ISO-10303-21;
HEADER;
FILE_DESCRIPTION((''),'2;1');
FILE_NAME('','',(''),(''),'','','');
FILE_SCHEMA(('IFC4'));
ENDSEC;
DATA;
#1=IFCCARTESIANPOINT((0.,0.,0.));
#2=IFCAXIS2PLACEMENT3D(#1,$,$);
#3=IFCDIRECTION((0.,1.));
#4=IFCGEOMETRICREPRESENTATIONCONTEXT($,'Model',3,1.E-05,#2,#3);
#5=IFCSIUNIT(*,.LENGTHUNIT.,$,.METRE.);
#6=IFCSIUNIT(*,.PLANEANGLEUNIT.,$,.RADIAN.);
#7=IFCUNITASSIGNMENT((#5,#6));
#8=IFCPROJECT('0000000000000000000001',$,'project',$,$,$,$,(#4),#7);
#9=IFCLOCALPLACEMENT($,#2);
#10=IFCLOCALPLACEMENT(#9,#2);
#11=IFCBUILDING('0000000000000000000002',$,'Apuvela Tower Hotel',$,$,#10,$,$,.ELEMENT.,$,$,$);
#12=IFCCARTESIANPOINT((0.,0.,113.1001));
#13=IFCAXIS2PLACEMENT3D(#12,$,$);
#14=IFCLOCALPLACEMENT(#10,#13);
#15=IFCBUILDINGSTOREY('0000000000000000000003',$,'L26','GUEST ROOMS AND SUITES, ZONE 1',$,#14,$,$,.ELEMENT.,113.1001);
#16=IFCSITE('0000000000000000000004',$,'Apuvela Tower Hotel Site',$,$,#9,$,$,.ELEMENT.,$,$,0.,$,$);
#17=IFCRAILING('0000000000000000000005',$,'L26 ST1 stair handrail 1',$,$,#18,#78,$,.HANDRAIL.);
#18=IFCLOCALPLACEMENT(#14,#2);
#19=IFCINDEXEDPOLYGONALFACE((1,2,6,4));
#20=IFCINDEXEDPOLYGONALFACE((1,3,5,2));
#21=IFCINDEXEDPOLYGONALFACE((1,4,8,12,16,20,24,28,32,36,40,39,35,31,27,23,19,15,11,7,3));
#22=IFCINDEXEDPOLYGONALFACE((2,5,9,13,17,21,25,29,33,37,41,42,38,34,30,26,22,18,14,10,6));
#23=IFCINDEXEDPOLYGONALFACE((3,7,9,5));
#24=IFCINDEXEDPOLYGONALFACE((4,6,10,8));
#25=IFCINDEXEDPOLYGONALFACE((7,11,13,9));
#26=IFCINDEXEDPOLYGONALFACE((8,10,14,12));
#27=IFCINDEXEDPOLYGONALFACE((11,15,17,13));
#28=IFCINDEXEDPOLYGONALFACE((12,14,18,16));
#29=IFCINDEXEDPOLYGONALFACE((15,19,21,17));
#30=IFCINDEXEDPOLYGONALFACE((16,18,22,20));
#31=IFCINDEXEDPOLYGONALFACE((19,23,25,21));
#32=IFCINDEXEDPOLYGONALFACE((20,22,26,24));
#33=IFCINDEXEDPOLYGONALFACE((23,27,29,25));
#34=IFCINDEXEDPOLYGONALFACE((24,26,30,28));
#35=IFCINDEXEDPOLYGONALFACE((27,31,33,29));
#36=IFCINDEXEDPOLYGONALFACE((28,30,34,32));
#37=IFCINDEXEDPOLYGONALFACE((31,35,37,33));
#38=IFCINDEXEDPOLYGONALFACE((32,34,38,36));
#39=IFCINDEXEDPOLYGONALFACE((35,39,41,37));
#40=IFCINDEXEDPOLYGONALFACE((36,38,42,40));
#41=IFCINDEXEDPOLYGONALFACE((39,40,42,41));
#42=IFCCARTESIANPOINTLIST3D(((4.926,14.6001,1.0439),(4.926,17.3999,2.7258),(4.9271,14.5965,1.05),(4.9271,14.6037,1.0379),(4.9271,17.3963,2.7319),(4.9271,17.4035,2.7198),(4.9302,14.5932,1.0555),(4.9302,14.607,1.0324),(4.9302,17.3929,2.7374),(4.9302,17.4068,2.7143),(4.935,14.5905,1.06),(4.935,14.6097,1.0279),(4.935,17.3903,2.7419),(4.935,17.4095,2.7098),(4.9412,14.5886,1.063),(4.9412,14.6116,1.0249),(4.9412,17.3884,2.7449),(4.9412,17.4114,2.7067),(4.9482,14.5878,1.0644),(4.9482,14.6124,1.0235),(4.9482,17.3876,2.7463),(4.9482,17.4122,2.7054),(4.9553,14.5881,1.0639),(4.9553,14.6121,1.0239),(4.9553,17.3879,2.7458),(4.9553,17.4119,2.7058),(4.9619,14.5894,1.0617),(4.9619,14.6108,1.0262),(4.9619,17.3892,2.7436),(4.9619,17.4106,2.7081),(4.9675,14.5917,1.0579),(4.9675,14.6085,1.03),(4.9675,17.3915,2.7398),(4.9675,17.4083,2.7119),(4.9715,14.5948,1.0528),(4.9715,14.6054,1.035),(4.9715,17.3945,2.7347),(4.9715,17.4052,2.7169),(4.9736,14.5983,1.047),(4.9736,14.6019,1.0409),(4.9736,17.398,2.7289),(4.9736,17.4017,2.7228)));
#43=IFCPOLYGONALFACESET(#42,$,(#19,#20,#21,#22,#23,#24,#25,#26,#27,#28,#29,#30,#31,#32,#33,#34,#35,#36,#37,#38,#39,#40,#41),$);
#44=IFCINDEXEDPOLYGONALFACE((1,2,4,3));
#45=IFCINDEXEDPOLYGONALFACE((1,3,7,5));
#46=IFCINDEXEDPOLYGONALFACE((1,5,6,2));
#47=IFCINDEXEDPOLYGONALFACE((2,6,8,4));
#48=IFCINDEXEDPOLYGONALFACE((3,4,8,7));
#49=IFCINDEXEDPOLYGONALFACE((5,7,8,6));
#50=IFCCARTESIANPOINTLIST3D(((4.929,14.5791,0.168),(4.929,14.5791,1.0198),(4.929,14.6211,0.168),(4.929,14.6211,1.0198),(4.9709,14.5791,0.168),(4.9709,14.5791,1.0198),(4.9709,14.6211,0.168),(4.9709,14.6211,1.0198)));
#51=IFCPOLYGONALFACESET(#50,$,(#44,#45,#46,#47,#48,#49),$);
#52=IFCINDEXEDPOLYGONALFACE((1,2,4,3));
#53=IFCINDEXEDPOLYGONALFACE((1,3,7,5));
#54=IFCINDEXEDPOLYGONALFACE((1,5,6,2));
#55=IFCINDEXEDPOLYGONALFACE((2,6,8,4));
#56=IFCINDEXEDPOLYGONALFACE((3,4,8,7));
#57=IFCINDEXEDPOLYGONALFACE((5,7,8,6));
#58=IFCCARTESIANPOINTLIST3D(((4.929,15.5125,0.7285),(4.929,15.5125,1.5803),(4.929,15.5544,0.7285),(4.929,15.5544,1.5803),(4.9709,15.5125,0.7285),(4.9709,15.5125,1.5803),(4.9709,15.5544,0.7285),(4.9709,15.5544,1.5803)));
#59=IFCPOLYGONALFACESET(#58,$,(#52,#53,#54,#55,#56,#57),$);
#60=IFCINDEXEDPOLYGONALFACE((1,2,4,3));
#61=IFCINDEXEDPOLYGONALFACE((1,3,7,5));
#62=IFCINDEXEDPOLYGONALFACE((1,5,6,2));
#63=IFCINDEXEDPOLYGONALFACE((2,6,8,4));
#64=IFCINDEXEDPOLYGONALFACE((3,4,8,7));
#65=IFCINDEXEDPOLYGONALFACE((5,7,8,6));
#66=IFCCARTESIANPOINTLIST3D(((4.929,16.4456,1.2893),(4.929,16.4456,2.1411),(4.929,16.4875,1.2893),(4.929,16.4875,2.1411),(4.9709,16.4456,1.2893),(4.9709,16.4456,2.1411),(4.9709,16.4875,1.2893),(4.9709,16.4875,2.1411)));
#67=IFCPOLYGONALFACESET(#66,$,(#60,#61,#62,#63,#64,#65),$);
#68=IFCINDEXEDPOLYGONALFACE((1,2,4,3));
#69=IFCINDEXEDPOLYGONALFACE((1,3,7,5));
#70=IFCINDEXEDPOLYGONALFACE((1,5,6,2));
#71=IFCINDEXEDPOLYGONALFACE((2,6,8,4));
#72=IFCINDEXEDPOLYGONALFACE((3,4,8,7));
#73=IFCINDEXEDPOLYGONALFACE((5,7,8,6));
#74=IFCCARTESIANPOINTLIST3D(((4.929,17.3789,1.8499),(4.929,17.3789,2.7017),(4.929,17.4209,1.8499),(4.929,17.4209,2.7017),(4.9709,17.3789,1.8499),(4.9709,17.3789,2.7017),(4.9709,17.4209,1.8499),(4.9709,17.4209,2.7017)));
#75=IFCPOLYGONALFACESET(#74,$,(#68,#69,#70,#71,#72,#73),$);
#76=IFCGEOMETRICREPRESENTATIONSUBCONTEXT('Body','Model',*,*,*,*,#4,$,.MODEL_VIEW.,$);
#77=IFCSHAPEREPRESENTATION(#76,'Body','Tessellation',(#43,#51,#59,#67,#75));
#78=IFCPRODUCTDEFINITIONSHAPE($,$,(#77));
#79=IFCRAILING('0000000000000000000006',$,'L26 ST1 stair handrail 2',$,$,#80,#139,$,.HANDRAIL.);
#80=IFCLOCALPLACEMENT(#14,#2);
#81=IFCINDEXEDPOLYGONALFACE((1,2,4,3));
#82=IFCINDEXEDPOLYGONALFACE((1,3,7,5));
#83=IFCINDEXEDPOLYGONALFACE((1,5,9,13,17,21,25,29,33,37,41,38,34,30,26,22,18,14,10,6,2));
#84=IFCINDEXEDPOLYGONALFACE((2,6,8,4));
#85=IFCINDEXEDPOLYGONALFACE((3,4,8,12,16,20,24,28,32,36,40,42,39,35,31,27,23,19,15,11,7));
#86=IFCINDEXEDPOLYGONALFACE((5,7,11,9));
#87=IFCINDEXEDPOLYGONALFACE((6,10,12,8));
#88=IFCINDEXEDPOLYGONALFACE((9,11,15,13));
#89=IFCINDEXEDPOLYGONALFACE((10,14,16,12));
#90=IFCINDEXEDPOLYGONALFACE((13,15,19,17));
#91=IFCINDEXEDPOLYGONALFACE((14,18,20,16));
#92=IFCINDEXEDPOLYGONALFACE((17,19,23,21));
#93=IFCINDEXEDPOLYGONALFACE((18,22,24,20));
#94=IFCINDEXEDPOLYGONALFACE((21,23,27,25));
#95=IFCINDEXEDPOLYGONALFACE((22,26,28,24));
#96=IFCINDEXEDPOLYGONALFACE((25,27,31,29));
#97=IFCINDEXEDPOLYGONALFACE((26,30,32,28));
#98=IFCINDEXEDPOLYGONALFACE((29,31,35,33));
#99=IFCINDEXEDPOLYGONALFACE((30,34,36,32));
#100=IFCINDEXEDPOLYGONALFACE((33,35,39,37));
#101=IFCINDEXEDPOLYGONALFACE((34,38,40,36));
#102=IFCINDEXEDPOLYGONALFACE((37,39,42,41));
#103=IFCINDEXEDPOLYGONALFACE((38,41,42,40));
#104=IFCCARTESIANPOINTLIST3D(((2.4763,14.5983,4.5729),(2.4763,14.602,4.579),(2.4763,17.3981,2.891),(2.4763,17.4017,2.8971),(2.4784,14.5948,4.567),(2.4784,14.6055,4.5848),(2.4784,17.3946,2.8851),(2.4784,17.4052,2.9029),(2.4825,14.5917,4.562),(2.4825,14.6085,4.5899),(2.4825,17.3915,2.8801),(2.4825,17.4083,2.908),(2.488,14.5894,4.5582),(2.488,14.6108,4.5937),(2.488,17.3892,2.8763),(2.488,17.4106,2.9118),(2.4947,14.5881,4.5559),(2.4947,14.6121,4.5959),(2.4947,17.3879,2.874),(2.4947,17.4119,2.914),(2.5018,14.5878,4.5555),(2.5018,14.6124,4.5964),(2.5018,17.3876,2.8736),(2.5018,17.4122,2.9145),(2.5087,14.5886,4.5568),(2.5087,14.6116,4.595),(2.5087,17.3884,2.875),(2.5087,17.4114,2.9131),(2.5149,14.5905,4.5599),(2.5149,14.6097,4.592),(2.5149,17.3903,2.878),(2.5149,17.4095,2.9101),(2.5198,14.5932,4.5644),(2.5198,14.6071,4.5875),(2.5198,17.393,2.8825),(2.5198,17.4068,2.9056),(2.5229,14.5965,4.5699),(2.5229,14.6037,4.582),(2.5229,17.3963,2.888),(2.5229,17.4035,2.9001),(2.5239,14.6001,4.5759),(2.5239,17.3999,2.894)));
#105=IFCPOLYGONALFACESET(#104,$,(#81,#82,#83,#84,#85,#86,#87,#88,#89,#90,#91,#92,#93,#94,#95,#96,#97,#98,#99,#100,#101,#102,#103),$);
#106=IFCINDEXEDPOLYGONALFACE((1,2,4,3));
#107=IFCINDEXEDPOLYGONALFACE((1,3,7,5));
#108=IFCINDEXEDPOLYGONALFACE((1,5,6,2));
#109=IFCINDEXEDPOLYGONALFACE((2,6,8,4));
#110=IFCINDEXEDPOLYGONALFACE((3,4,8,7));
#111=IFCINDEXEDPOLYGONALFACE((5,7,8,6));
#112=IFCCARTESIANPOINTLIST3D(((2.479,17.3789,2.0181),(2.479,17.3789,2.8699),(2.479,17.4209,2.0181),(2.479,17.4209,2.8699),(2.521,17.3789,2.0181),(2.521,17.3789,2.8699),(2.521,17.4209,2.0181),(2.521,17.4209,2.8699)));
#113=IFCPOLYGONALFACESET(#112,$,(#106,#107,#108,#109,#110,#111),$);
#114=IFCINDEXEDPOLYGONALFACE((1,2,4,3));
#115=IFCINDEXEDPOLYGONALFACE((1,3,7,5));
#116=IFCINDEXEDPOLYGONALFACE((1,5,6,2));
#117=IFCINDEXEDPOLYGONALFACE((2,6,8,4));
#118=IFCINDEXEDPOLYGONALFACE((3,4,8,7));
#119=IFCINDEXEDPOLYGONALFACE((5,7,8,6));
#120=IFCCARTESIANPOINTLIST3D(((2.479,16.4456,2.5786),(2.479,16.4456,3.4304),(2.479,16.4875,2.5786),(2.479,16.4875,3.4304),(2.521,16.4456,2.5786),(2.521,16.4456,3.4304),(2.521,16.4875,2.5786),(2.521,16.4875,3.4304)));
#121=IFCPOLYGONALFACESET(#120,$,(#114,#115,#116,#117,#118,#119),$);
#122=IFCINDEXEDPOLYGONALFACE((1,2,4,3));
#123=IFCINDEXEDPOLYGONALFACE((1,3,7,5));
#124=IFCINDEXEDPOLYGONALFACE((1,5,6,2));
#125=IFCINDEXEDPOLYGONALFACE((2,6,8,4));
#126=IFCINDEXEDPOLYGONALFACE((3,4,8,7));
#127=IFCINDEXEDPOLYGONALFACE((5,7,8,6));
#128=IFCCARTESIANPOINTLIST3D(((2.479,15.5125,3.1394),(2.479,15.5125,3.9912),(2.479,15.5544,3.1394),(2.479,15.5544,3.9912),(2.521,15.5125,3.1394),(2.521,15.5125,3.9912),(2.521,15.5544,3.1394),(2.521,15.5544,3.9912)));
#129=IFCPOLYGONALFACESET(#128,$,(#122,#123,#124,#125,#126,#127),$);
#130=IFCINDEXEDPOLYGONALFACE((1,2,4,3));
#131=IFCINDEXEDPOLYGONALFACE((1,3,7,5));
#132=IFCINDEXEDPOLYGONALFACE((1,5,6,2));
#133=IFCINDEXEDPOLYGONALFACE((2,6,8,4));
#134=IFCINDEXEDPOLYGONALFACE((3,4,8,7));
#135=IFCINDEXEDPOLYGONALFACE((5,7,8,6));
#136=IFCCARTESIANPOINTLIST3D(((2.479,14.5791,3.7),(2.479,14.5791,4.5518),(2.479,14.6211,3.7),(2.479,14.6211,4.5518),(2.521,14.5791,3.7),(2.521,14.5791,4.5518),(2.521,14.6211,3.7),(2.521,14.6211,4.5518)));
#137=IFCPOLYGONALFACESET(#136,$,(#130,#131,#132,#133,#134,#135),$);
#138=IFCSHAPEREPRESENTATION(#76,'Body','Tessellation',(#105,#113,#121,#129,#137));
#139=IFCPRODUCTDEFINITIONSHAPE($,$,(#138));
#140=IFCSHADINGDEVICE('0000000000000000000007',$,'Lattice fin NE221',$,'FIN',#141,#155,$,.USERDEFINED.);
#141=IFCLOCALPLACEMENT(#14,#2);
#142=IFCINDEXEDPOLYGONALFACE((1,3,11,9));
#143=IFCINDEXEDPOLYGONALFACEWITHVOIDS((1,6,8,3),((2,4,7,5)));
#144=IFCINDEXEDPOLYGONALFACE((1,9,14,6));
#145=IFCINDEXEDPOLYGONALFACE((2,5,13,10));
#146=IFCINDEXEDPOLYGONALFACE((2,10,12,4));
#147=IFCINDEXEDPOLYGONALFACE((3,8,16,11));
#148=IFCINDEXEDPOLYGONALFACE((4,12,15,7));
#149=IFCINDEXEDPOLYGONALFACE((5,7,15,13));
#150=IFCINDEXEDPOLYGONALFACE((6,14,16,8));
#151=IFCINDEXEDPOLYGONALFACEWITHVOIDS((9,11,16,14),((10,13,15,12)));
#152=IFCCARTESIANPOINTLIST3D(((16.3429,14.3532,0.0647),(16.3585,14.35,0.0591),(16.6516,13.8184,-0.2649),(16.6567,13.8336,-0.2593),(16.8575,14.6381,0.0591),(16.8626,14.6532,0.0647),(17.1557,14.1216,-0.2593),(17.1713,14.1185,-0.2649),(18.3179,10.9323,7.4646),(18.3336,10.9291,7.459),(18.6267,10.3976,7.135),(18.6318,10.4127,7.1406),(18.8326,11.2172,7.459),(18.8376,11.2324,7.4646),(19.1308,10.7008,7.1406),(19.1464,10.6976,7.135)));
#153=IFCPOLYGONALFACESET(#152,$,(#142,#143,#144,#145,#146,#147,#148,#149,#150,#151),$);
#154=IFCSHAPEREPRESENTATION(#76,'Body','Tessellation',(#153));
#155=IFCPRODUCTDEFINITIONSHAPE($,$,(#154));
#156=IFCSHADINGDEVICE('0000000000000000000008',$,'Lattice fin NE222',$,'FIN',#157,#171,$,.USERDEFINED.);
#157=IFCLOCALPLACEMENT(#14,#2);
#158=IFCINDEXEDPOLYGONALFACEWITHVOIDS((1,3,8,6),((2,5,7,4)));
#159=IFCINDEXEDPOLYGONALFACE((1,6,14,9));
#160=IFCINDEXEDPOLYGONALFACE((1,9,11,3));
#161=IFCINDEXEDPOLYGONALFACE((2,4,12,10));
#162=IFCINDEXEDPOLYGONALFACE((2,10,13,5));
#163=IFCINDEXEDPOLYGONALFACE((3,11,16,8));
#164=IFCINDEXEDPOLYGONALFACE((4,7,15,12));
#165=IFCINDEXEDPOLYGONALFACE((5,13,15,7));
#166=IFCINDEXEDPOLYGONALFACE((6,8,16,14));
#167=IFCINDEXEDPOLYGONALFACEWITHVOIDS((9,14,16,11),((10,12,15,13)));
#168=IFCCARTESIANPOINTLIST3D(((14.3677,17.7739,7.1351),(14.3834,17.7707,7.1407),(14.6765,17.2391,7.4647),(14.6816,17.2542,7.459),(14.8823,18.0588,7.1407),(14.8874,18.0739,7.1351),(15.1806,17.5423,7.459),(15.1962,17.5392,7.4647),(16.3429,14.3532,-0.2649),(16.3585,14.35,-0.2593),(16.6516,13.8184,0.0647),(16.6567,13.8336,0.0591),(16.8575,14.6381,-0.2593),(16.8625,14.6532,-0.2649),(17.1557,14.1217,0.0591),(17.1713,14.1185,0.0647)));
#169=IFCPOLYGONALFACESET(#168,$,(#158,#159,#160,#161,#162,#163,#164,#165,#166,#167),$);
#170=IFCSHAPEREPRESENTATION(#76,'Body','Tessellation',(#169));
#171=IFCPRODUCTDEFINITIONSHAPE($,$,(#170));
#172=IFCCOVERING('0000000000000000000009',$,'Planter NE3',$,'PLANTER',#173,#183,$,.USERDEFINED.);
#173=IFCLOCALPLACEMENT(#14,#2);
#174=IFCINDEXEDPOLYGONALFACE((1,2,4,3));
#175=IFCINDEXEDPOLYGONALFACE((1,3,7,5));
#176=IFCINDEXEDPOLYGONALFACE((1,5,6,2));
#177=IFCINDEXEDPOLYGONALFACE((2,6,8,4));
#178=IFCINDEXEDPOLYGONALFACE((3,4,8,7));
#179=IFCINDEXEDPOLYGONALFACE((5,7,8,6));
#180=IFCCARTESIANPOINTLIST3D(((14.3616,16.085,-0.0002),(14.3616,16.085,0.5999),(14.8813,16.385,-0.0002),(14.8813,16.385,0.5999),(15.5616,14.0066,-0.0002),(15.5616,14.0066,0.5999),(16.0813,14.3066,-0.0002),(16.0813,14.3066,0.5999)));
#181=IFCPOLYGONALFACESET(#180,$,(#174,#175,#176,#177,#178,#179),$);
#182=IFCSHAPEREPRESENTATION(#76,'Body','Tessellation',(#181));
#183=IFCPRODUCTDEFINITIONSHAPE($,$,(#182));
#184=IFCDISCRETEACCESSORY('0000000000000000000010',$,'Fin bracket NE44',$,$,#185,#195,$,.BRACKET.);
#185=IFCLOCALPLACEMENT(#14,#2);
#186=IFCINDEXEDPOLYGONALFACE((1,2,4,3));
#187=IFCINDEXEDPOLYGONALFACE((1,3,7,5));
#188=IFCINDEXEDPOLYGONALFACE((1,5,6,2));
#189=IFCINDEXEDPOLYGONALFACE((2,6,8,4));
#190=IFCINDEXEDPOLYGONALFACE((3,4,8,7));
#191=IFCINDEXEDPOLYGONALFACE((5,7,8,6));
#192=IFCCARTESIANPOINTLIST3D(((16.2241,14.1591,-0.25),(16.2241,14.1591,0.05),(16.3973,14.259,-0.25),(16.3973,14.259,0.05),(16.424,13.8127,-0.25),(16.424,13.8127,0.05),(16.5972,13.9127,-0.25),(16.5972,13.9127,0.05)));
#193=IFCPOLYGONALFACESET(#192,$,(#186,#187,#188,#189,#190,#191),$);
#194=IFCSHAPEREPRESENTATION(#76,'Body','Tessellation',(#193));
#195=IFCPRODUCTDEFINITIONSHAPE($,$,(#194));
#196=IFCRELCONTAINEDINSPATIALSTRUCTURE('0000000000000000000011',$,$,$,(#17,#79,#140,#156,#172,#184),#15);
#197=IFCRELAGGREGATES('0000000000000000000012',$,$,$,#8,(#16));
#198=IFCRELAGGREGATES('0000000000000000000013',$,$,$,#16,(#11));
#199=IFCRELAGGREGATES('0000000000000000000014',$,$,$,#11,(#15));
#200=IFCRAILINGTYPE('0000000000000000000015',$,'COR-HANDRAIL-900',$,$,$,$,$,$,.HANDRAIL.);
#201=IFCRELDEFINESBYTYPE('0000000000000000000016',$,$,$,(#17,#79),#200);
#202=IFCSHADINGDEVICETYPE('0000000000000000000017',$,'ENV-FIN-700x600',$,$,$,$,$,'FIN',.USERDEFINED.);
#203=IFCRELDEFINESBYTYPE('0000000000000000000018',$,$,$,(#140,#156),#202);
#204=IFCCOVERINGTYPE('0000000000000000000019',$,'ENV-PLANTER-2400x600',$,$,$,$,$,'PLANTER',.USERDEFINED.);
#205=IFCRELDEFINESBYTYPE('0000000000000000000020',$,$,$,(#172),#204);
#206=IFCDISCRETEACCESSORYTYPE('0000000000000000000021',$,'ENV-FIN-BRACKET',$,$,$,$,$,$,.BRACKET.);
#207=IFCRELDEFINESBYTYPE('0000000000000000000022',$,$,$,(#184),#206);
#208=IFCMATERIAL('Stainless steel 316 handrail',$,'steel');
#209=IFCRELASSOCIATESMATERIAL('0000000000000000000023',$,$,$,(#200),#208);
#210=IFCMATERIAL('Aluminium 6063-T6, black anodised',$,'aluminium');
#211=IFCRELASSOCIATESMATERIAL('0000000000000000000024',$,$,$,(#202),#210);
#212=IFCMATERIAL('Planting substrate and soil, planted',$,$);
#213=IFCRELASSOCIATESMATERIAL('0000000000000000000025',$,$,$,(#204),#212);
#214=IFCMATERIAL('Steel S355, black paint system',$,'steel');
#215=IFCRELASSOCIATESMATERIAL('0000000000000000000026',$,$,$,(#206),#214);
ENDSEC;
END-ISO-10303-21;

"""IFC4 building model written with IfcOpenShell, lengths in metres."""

from ifc_helpers import new_model, si_unit, direction, frame, origin, origin_2d, place, context, subcontext, project, spatial, rectangle, hollow_rectangle, circle, extrude, material, material_profile, profile_set, type_object, element, save


model = new_model("IFC4")

# Units and contexts
model_context = context("Model", 3, precision=1e-05, world=origin(), true_north=direction((0.0, 1.0)))
body_context = subcontext(model_context, "Body", "Model", "MODEL_VIEW")
ifc_project = project(units=[si_unit("LENGTHUNIT", "METRE"), si_unit("PLANEANGLEUNIT", "RADIAN")], contexts=[model_context])

# Site, building, storey
site_placement = place(None, origin())
site = spatial("IfcSite", under=ifc_project, at=site_placement, Name="Apuvela Tower Hotel Site", CompositionType="ELEMENT", RefElevation=0.0)
building_placement = place(site_placement, origin())
building = spatial("IfcBuilding", under=site, at=building_placement, Name="Apuvela Tower Hotel", CompositionType="ELEMENT")
storey_placement = place(building_placement, frame((0.0, 0.0, 113.1001)))
storey = spatial("IfcBuildingStorey", under=building, at=storey_placement, Name="L26", Description="GUEST ROOMS AND SUITES, ZONE 1", CompositionType="ELEMENT", Elevation=113.1001)

# Railings
ifc_material_1 = material(Name="Stainless steel 316 handrail", Category="steel")
railing_type_1 = type_object("IfcRailingType", Name="COR-HANDRAIL-900", PredefinedType="HANDRAIL", material=ifc_material_1)
railing_1_placement = place(storey_placement, frame((4.95, 14.6001, 0.168)))
element("IfcRailing", 1, at=railing_1_placement, inside=storey, type_object=railing_type_1, Name="L26 ST1 stair handrail 1", PredefinedType="HANDRAIL", context=body_context, shape_type="SweptSolid", body=[
    extrude(circle(Radius=0.0239, at=origin_2d()), frame((0.0, 0.0, 0.876), z_axis=(0.0, 0.857222, 0.514946), x_axis=(-1.0, 0.0, 0.0)), (0.0, 0.0, 1.0), 3.2661),
    extrude(rectangle(XDim=0.042, YDim=0.042, at=origin_2d()), origin(), (0.0, 0.0, 1.0), 0.8518),
    extrude(rectangle(XDim=0.042, YDim=0.042, at=origin_2d()), frame((0.0, 0.9333, 0.5605)), (0.0, 0.0, 1.0), 0.8518),
    extrude(rectangle(XDim=0.042, YDim=0.042, at=origin_2d()), frame((0.0, 1.8665, 1.1213)), (0.0, 0.0, 1.0), 0.8518),
    extrude(rectangle(XDim=0.042, YDim=0.042, at=origin_2d()), frame((0.0, 2.7998, 1.6819)), (0.0, 0.0, 1.0), 0.8518),
])
railing_2_placement = place(storey_placement, frame((2.5, 17.3999, 2.0181)))
element("IfcRailing", 2, at=railing_2_placement, inside=storey, type_object=railing_type_1, Name="L26 ST1 stair handrail 2", PredefinedType="HANDRAIL", context=body_context, shape_type="SweptSolid", body=[
    extrude(circle(Radius=0.0239, at=origin_2d()), frame((0.0, 0.0, 0.876), z_axis=(0.0, -0.857222, 0.514946), x_axis=(1.0, 0.0, 0.0)), (0.0, 0.0, 1.0), 3.2661),
    extrude(rectangle(XDim=0.042, YDim=0.042, at=origin_2d()), origin(), (0.0, 0.0, 1.0), 0.8518),
    extrude(rectangle(XDim=0.042, YDim=0.042, at=origin_2d()), frame((0.0, -0.9333, 0.5605)), (0.0, 0.0, 1.0), 0.8518),
    extrude(rectangle(XDim=0.042, YDim=0.042, at=origin_2d()), frame((0.0, -1.8665, 1.1213)), (0.0, 0.0, 1.0), 0.8518),
    extrude(rectangle(XDim=0.042, YDim=0.042, at=origin_2d()), frame((0.0, -2.7998, 1.6819)), (0.0, 0.0, 1.0), 0.8518),
])

# Shading devices
ifc_material_2 = material(Name="Aluminium 6063-T6, black anodised", Category="aluminium")
ifc_material_profile_1 = material_profile(ifc_material_2, hollow_rectangle(XDim=0.6001, YDim=0.7, WallThickness=0.012, at=origin_2d()), Name="AL BOX 700x600x12")
ifc_profile_set_1 = profile_set([ifc_material_profile_1], Name="Aluminium 6063-T6, black anodised")
shading_device_type = type_object("IfcShadingDeviceType", Name="ENV-FIN-700x600", ElementType="FIN", PredefinedType="USERDEFINED", material=ifc_profile_set_1)
for number, where, z_axis, x_axis, name in (
    (3, (16.7571, 14.2358, -0.1001), (0.235461, -0.407822, 0.882179), (0.866021, 0.500008, 0.0), "Lattice fin NE221"),
    (4, (16.7571, 14.2358, -0.1001), (-0.235464, 0.407798, 0.882189), (-0.866005, -0.500035, 0.0), "Lattice fin NE222"),
):
    element("IfcShadingDevice", number, at=place(storey_placement, frame(where, z_axis=z_axis, x_axis=x_axis)), inside=storey, type_object=shading_device_type, Name=name, ObjectType="FIN", PredefinedType="USERDEFINED", context=body_context, shape_type="SweptSolid", body=[
        extrude(hollow_rectangle(XDim=0.6001, YDim=0.7, WallThickness=0.012, at=origin_2d()), origin(), (0.0, 0.0, 1.0), 8.3882),
    ])

# Covering
ifc_material_3 = material(Name="Planting substrate and soil, planted")
covering_type = type_object("IfcCoveringType", Name="ENV-PLANTER-2400x600", ElementType="PLANTER", PredefinedType="USERDEFINED", material=ifc_material_3)
covering_placement = place(storey_placement, frame((15.2214, 15.1958, -0.0002), z_axis=(0.0, 0.0, 1.0), x_axis=(-0.5, 0.866025, 0.0)))
element("IfcCovering", 5, at=covering_placement, inside=storey, type_object=covering_type, Name="Planter NE3", ObjectType="PLANTER", PredefinedType="USERDEFINED", context=body_context, shape_type="SweptSolid", body=[
    extrude(rectangle(XDim=2.3999, YDim=0.6001, at=origin_2d()), origin(), (0.0, 0.0, 1.0), 0.6001),
])

# Discrete accessory
ifc_material_4 = material(Name="Steel S355, black paint system", Category="steel")
discrete_accessory_type = type_object("IfcDiscreteAccessoryType", Name="ENV-FIN-BRACKET", PredefinedType="BRACKET", material=ifc_material_4)
discrete_accessory_placement = place(storey_placement, frame((16.4106, 14.0359, -0.25), z_axis=(0.0, 0.0, 1.0), x_axis=(-0.5, 0.866025, 0.0)))
element("IfcDiscreteAccessory", 6, at=discrete_accessory_placement, inside=storey, type_object=discrete_accessory_type, Name="Fin bracket NE44", PredefinedType="BRACKET", context=body_context, shape_type="SweptSolid", body=[
    extrude(rectangle(XDim=0.3999, YDim=0.2, at=origin_2d()), origin(), (0.0, 0.0, 1.0), 0.3),
])

save(model, "model.ifc")
